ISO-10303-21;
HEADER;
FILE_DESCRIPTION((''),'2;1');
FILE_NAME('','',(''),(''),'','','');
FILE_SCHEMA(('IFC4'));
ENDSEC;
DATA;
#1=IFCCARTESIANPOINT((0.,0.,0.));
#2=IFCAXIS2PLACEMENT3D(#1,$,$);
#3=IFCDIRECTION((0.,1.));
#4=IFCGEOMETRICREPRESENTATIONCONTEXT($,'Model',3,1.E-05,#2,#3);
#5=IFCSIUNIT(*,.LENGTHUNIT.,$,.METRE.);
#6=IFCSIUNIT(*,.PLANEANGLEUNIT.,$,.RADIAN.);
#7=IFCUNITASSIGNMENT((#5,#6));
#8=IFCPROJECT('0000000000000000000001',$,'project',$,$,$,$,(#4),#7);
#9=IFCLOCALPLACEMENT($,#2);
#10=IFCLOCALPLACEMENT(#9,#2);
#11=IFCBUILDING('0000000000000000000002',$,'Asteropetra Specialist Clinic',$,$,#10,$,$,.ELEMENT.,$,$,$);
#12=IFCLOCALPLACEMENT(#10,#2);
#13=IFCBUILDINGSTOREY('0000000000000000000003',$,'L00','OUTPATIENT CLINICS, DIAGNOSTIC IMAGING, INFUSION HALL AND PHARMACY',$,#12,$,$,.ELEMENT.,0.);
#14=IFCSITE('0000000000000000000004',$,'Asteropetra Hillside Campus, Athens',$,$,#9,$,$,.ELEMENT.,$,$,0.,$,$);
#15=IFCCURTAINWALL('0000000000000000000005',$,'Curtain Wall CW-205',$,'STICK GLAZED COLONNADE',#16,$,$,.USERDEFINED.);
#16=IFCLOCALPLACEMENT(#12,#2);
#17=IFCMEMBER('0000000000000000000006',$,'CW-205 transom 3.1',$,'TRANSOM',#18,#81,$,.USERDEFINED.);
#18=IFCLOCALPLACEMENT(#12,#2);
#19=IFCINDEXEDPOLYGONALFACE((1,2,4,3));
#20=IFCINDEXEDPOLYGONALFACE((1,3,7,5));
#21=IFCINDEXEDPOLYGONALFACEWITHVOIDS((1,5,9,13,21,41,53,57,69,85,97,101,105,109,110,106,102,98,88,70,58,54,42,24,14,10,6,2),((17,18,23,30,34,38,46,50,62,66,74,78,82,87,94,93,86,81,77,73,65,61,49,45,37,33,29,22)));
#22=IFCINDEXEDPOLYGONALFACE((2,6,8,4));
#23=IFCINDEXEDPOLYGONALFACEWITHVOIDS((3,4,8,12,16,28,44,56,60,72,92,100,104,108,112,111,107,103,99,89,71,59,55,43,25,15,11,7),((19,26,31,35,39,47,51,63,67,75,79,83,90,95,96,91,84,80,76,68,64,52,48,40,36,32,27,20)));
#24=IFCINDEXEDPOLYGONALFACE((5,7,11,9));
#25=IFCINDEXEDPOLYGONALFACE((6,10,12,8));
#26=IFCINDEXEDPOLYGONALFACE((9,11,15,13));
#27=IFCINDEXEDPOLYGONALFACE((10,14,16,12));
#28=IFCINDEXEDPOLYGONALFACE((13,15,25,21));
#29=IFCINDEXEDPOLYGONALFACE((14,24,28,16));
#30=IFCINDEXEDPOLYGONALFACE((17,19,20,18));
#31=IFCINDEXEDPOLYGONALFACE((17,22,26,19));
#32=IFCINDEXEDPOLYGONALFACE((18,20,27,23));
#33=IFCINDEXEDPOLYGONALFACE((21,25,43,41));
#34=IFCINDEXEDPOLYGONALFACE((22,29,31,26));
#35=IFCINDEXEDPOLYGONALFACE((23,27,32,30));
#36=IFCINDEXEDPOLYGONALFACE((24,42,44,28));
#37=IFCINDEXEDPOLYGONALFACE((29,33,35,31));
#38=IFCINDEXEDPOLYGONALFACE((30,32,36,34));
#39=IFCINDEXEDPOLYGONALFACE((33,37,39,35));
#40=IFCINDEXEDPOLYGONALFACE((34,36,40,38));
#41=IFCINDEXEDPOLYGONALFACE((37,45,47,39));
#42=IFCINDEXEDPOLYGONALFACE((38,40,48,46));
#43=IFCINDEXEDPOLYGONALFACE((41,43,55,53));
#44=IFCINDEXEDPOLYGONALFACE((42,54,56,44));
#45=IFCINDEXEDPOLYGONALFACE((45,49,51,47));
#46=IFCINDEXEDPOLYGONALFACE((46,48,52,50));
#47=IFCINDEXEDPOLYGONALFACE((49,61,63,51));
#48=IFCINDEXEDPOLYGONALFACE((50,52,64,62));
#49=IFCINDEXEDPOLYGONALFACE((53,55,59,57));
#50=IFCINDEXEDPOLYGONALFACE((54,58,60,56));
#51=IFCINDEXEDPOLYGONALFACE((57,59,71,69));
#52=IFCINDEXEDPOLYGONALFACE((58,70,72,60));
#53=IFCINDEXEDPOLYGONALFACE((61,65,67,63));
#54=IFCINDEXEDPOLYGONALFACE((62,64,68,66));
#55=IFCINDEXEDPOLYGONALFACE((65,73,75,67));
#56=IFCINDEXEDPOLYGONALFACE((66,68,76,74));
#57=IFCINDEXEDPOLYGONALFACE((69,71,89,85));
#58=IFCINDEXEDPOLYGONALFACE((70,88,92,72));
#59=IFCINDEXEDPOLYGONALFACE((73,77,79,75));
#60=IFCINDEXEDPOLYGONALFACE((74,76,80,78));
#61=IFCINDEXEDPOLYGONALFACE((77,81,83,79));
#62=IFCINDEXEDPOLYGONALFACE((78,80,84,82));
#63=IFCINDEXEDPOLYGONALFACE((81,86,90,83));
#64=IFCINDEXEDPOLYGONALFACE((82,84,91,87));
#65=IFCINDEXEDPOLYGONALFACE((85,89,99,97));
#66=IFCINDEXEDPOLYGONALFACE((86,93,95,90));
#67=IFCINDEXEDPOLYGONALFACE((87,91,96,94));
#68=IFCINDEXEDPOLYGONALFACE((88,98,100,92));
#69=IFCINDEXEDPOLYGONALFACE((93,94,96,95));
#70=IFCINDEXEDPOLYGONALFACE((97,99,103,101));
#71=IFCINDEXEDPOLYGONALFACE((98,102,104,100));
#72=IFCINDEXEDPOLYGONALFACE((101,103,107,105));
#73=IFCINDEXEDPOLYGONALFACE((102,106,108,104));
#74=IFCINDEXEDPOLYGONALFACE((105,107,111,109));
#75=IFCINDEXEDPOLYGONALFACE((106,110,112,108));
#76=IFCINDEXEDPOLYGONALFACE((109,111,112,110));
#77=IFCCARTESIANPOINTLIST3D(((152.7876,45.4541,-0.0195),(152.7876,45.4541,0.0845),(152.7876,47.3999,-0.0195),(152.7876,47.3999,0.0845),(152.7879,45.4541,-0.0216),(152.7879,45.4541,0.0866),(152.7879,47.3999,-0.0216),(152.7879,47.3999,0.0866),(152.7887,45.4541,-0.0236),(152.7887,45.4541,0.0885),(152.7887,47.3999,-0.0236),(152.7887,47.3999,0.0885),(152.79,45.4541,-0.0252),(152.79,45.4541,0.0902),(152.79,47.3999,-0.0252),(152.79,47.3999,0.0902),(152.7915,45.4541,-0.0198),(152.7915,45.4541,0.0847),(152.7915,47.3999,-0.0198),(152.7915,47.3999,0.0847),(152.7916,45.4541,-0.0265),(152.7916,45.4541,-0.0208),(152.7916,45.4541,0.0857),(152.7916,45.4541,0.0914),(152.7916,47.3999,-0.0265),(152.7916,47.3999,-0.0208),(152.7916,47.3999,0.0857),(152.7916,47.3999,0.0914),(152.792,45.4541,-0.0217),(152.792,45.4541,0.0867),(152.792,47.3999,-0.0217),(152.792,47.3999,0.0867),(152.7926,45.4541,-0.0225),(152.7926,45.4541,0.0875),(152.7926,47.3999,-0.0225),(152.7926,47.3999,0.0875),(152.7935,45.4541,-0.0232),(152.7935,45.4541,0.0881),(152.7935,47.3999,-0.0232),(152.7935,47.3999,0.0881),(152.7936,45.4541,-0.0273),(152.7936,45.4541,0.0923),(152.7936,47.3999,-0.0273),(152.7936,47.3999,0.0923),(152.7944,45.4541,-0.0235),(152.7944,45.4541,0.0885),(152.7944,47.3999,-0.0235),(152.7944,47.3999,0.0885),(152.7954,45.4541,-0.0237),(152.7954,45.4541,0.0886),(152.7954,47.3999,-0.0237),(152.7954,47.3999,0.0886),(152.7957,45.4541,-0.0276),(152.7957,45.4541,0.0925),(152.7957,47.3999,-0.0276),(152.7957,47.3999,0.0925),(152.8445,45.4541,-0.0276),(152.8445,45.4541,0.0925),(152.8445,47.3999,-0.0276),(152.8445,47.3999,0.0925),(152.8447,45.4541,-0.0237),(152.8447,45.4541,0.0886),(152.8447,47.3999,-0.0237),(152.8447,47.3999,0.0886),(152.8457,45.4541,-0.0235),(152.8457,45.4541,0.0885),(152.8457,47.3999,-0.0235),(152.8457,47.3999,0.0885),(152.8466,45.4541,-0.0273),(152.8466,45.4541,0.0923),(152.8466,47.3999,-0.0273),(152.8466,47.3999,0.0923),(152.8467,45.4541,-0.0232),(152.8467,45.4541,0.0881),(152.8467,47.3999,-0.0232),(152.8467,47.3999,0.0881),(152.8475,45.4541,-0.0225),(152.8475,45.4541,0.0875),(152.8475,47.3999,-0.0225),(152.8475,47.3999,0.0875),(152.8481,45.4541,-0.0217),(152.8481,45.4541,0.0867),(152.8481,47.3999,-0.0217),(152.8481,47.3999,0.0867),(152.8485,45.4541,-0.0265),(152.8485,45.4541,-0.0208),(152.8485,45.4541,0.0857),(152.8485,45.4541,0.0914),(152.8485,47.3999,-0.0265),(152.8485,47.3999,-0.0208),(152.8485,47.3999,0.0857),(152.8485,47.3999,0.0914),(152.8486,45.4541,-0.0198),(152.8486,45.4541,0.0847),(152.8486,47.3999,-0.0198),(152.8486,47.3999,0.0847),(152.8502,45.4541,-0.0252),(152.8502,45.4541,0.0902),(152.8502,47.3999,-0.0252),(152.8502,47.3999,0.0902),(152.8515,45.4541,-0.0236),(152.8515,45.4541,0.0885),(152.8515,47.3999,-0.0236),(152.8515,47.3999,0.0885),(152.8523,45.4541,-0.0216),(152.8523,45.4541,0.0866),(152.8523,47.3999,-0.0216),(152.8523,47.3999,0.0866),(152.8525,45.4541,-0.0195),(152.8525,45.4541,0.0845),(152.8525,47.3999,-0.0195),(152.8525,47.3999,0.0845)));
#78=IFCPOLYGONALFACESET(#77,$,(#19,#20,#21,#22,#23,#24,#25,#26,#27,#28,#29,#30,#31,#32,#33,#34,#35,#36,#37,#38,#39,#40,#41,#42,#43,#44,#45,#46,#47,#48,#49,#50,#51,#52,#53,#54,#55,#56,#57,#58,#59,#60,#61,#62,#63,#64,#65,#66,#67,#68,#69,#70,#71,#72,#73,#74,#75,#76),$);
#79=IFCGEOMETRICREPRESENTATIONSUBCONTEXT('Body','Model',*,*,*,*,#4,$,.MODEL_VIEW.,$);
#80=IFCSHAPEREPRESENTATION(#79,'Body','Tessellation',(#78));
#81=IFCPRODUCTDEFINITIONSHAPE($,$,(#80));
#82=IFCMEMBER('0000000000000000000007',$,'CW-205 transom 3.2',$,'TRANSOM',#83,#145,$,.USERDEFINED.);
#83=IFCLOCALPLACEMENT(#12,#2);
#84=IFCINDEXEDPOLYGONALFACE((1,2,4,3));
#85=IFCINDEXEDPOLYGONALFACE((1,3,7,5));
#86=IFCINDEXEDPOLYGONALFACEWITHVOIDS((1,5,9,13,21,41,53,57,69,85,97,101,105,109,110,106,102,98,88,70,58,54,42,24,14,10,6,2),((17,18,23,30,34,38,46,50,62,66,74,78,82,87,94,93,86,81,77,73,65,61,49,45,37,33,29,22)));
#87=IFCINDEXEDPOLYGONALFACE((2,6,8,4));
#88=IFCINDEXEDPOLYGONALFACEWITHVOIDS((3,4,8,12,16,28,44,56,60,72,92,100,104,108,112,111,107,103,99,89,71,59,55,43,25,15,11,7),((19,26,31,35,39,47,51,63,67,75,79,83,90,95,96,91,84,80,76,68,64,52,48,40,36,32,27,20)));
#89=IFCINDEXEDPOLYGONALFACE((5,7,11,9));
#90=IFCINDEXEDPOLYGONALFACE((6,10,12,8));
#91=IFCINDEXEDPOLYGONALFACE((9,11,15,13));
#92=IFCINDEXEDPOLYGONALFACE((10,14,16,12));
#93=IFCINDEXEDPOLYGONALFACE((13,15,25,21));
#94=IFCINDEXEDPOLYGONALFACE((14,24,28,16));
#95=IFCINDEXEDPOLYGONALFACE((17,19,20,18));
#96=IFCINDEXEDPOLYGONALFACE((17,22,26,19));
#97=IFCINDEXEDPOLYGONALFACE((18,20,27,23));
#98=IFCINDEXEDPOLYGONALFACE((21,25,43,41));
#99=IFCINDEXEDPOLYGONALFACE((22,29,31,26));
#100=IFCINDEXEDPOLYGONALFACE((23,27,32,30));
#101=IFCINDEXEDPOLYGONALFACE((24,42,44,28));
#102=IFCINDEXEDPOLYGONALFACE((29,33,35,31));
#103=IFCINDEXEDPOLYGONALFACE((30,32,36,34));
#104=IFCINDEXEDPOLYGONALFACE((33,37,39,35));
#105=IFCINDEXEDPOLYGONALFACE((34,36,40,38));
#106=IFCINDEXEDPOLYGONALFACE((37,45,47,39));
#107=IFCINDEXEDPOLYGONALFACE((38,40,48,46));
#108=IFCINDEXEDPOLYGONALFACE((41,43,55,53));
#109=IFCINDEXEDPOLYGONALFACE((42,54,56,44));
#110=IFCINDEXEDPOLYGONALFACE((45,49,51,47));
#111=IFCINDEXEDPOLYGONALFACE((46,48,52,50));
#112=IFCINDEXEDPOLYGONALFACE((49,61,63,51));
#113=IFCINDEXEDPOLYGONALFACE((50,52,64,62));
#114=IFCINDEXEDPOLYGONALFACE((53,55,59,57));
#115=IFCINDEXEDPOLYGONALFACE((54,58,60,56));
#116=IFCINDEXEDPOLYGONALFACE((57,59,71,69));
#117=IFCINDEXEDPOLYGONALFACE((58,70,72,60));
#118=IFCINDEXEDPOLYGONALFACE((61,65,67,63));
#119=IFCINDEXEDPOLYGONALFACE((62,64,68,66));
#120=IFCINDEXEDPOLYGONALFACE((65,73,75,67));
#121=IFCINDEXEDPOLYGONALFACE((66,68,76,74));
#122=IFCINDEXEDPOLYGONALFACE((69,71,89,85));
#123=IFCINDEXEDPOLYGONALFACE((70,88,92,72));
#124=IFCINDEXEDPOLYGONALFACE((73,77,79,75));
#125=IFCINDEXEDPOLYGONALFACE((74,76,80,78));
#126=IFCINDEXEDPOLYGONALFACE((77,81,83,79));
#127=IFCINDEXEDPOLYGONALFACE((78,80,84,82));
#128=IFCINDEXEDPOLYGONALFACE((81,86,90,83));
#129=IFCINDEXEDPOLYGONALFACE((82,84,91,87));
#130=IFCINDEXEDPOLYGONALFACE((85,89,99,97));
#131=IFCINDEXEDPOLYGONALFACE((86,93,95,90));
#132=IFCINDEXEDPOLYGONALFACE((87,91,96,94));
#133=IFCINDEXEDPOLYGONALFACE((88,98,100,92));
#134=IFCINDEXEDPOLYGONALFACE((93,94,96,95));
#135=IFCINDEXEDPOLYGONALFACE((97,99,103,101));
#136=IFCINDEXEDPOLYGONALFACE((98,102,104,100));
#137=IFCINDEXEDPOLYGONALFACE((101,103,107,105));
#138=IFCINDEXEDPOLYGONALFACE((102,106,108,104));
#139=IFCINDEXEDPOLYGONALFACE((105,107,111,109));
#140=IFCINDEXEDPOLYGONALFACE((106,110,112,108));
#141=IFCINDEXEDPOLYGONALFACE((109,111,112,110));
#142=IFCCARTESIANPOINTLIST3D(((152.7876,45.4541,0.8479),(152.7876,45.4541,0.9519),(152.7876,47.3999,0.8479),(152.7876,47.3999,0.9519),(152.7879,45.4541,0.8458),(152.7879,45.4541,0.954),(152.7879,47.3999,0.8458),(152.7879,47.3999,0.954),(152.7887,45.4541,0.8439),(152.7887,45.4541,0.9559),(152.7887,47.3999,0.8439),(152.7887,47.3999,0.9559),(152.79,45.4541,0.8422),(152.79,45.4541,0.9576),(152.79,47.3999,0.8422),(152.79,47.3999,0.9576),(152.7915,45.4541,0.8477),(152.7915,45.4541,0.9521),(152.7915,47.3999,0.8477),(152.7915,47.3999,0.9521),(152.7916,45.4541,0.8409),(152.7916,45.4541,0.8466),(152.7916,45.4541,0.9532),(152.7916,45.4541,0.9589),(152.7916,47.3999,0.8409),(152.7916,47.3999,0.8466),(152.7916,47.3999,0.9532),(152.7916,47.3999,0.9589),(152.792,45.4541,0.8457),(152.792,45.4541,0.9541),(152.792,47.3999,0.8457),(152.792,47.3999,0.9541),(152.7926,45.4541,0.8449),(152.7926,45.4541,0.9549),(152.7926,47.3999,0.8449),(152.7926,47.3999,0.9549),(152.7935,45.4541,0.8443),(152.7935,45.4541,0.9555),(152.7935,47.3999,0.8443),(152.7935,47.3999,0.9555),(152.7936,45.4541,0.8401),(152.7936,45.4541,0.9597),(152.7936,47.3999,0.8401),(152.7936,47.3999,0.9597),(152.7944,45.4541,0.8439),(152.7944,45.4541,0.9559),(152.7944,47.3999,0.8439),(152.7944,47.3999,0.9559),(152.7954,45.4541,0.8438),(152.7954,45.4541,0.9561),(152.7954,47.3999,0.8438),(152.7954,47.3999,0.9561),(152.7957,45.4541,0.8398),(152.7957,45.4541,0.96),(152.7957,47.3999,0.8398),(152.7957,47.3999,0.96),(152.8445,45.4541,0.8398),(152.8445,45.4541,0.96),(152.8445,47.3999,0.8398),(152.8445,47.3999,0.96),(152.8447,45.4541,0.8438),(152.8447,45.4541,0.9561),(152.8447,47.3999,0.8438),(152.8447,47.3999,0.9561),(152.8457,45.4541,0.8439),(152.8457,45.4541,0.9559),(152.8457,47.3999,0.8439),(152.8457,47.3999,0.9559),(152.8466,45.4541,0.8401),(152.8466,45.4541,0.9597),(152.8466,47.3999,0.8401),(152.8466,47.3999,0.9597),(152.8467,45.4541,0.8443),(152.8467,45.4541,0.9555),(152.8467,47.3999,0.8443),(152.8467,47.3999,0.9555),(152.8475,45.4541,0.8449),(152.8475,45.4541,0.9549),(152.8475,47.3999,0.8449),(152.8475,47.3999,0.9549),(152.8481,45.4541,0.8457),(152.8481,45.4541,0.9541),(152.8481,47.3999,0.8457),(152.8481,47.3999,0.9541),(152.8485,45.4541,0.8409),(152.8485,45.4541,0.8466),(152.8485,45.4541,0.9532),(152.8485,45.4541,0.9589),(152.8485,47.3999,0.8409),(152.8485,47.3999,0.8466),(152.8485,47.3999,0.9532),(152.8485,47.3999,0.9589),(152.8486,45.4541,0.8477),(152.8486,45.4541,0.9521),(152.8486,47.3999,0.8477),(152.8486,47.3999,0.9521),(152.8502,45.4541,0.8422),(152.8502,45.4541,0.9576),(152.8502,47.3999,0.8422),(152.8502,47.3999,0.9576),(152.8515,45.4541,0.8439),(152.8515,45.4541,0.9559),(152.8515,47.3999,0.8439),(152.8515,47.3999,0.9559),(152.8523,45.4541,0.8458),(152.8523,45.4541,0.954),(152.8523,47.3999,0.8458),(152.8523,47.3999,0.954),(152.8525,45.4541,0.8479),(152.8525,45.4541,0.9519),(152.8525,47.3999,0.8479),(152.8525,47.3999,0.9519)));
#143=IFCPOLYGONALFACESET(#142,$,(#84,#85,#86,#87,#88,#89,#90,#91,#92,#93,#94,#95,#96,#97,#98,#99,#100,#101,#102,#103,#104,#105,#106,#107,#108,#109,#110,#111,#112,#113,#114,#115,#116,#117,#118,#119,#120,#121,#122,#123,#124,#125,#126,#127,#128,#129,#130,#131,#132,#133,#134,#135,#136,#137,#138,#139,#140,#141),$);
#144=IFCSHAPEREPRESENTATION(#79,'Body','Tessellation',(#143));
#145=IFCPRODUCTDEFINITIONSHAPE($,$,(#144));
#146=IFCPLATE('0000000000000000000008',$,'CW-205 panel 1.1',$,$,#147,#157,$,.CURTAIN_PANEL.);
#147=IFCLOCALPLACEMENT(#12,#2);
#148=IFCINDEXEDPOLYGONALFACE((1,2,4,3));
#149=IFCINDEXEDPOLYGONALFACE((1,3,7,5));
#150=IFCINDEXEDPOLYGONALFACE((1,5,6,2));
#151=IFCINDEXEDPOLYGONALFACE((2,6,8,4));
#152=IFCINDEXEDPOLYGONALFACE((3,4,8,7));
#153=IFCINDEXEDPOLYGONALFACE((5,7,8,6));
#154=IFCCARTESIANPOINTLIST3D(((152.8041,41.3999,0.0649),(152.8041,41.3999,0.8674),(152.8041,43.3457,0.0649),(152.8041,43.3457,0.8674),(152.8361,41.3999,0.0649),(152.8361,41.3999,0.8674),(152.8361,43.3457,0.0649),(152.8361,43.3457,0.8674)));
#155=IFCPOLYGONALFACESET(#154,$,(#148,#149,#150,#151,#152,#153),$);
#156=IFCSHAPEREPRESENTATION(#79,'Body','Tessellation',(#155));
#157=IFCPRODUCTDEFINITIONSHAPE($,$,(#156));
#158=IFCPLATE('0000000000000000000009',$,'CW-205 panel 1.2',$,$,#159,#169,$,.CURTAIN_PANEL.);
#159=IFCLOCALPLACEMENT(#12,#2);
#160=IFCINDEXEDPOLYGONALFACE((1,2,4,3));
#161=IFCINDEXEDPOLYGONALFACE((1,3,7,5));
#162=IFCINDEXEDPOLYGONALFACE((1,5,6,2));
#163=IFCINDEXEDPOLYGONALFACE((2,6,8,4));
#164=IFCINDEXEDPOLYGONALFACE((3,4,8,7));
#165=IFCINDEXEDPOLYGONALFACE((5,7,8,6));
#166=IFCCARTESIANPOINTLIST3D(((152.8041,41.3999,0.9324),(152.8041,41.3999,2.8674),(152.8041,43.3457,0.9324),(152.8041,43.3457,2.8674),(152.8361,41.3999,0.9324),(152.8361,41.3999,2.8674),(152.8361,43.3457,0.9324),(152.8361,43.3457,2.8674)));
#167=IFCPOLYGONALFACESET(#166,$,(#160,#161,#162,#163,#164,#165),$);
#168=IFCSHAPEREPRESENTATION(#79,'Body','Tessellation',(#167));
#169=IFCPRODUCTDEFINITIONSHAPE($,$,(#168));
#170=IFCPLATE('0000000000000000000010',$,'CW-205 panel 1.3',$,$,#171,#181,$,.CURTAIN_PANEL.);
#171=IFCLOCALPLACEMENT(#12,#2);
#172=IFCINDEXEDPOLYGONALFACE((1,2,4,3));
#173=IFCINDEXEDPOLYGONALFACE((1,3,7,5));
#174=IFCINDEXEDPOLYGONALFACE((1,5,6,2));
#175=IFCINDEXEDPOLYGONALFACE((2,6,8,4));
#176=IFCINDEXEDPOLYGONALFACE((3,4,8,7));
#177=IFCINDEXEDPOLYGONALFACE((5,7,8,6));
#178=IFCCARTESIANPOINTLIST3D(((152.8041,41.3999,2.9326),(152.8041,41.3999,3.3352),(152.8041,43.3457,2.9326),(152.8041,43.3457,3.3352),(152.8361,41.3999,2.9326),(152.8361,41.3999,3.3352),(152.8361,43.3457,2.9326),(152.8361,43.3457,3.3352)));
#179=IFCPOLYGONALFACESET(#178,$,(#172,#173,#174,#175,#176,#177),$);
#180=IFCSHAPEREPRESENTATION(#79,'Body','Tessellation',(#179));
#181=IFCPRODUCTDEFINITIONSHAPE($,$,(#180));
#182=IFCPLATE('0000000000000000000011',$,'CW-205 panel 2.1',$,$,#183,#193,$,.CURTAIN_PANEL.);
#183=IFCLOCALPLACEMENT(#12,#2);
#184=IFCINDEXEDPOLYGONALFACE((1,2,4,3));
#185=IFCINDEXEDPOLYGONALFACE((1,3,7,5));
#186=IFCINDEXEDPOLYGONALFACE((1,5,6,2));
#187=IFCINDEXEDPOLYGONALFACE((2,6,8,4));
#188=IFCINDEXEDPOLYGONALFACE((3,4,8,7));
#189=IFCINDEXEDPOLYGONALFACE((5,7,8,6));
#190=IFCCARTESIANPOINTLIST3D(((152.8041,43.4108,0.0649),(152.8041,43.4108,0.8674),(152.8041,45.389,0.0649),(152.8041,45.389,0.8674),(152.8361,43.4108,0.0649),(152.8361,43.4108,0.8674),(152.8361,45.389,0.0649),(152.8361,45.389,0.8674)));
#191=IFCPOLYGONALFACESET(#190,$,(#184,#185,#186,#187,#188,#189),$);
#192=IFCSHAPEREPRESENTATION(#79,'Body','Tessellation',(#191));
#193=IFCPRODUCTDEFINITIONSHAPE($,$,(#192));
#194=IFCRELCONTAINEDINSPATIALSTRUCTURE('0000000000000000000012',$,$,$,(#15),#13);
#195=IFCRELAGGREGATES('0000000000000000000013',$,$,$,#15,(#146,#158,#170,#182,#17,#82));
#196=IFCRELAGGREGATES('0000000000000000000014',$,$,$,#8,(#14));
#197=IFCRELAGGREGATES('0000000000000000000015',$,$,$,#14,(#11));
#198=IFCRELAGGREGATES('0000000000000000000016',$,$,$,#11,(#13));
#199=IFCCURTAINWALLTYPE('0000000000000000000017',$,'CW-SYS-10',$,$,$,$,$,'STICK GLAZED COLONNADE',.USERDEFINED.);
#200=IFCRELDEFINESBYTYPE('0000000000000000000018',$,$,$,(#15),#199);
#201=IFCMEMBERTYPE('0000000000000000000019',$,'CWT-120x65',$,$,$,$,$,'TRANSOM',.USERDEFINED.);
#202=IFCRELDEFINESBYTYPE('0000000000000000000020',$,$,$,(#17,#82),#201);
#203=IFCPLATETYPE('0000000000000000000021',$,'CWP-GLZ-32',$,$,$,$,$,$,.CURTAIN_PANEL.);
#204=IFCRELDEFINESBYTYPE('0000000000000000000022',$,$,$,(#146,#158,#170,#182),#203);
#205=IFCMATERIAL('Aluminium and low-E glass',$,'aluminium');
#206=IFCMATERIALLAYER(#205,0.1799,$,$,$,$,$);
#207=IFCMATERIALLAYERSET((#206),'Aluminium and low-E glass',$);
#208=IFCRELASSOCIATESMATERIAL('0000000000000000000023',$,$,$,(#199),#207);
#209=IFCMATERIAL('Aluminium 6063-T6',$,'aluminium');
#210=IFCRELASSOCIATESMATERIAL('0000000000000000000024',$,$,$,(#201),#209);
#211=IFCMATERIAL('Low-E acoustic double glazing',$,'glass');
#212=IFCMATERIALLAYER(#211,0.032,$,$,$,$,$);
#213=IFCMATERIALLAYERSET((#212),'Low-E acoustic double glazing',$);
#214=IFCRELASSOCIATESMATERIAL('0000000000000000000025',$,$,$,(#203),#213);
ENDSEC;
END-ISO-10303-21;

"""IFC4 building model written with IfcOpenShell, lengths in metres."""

from ifc_helpers import new_model, si_unit, direction, frame, origin, origin_2d, place, context, subcontext, project, spatial, rectangle, hollow_rectangle, extrude, material, layer, layer_set, material_profile, profile_set, type_object, element, aggregate, save


model = new_model("IFC4")

# Units and contexts
model_context = context("Model", 3, precision=1e-05, world=origin(), true_north=direction((0.0, 1.0)))
body_context = subcontext(model_context, "Body", "Model", "MODEL_VIEW")
ifc_project = project(units=[si_unit("LENGTHUNIT", "METRE"), si_unit("PLANEANGLEUNIT", "RADIAN")], contexts=[model_context])

# Site, building, storey
site_placement = place(None, origin())
site = spatial("IfcSite", under=ifc_project, at=site_placement, Name="Asteropetra Hillside Campus, Athens", CompositionType="ELEMENT", RefElevation=0.0)
building_placement = place(site_placement, origin())
building = spatial("IfcBuilding", under=site, at=building_placement, Name="Asteropetra Specialist Clinic", CompositionType="ELEMENT")
storey_placement = place(building_placement, origin())
storey = spatial("IfcBuildingStorey", under=building, at=storey_placement, Name="L00", Description="OUTPATIENT CLINICS, DIAGNOSTIC IMAGING, INFUSION HALL AND PHARMACY", CompositionType="ELEMENT", Elevation=0.0)

# Curtain wall, members, plates
ifc_material_1 = material(Name="Aluminium and low-E glass", Category="aluminium")
ifc_layer_1 = layer(ifc_material_1, 0.1799)
ifc_layer_set_1 = layer_set([ifc_layer_1], Name="Aluminium and low-E glass")
curtain_wall_type = type_object("IfcCurtainWallType", Name="CW-SYS-10", ElementType="STICK GLAZED COLONNADE", PredefinedType="USERDEFINED", material=ifc_layer_set_1)
curtain_wall_placement = place(storey_placement, origin())
curtain_wall = element("IfcCurtainWall", 1, at=curtain_wall_placement, inside=storey, type_object=curtain_wall_type, Name="Curtain Wall CW-205", ObjectType="STICK GLAZED COLONNADE", PredefinedType="USERDEFINED")
ifc_material_2 = material(Name="Aluminium 6063-T6", Category="aluminium")
ifc_material_profile_1 = material_profile(ifc_material_2, hollow_rectangle(XDim=0.0649, YDim=0.1201, WallThickness=0.0039, InnerFilletRadius=0.0039, OuterFilletRadius=0.0081, at=origin_2d()), Name="TRN 120x65x4.0")
ifc_profile_set_1 = profile_set([ifc_material_profile_1], Name="Aluminium 6063-T6")
member_type_1 = type_object("IfcMemberType", Name="CWT-120x65", ElementType="TRANSOM", PredefinedType="USERDEFINED", material=ifc_profile_set_1)
member_1_placement = place(storey_placement, frame((152.8201, 45.4541, 0.0325), z_axis=(0.0, 1.0, 0.0), x_axis=(-1.0, 0.0, 0.0)))
member_1 = element("IfcMember", 2, at=member_1_placement, type_object=member_type_1, Name="CW-205 transom 3.1", ObjectType="TRANSOM", PredefinedType="USERDEFINED", context=body_context, shape_type="SweptSolid", body=[
    extrude(hollow_rectangle(XDim=0.0649, YDim=0.1201, WallThickness=0.0039, InnerFilletRadius=0.0039, OuterFilletRadius=0.0081, at=origin_2d()), origin(), (0.0, 0.0, 1.0), 1.9458),
])
member_2_placement = place(storey_placement, frame((152.8201, 45.4541, 0.8999), z_axis=(0.0, 1.0, 0.0), x_axis=(-1.0, 0.0, 0.0)))
member_2 = element("IfcMember", 3, at=member_2_placement, type_object=member_type_1, Name="CW-205 transom 3.2", ObjectType="TRANSOM", PredefinedType="USERDEFINED", context=body_context, shape_type="SweptSolid", body=[
    extrude(hollow_rectangle(XDim=0.0649, YDim=0.1201, WallThickness=0.0039, InnerFilletRadius=0.0039, OuterFilletRadius=0.0081, at=origin_2d()), origin(), (0.0, 0.0, 1.0), 1.9458),
])
ifc_material_3 = material(Name="Low-E acoustic double glazing", Category="glass")
ifc_layer_2 = layer(ifc_material_3, 0.032)
ifc_layer_set_2 = layer_set([ifc_layer_2], Name="Low-E acoustic double glazing")
plate_type = type_object("IfcPlateType", Name="CWP-GLZ-32", PredefinedType="CURTAIN_PANEL", material=ifc_layer_set_2)
plate_1_placement = place(storey_placement, frame((152.8201, 42.3728, 0.0649), z_axis=(0.0, 0.0, 1.0), x_axis=(0.0, 1.0, 0.0)))
plate_1 = element("IfcPlate", 4, at=plate_1_placement, type_object=plate_type, Name="CW-205 panel 1.1", PredefinedType="CURTAIN_PANEL", context=body_context, shape_type="SweptSolid", body=[
    extrude(rectangle(XDim=1.9458, YDim=0.032, at=origin_2d()), origin(), (0.0, 0.0, 1.0), 0.8025),
])
plate_2_placement = place(storey_placement, frame((152.8201, 42.3728, 0.9324), z_axis=(0.0, 0.0, 1.0), x_axis=(0.0, 1.0, 0.0)))
plate_2 = element("IfcPlate", 5, at=plate_2_placement, type_object=plate_type, Name="CW-205 panel 1.2", PredefinedType="CURTAIN_PANEL", context=body_context, shape_type="SweptSolid", body=[
    extrude(rectangle(XDim=1.9458, YDim=0.032, at=origin_2d()), origin(), (0.0, 0.0, 1.0), 1.9351),
])
plate_3_placement = place(storey_placement, frame((152.8201, 42.3728, 2.9326), z_axis=(0.0, 0.0, 1.0), x_axis=(0.0, 1.0, 0.0)))
plate_3 = element("IfcPlate", 6, at=plate_3_placement, type_object=plate_type, Name="CW-205 panel 1.3", PredefinedType="CURTAIN_PANEL", context=body_context, shape_type="SweptSolid", body=[
    extrude(rectangle(XDim=1.9458, YDim=0.032, at=origin_2d()), origin(), (0.0, 0.0, 1.0), 0.4026),
])
plate_4_placement = place(storey_placement, frame((152.8201, 44.3999, 0.0649), z_axis=(0.0, 0.0, 1.0), x_axis=(0.0, 1.0, 0.0)))
plate_4 = element("IfcPlate", 7, at=plate_4_placement, type_object=plate_type, Name="CW-205 panel 2.1", PredefinedType="CURTAIN_PANEL", context=body_context, shape_type="SweptSolid", body=[
    extrude(rectangle(XDim=1.9783, YDim=0.032, at=origin_2d()), origin(), (0.0, 0.0, 1.0), 0.8025),
])
aggregate(curtain_wall, [plate_1, plate_2, plate_3, plate_4, member_1, member_2])

save(model, "model.ifc")
